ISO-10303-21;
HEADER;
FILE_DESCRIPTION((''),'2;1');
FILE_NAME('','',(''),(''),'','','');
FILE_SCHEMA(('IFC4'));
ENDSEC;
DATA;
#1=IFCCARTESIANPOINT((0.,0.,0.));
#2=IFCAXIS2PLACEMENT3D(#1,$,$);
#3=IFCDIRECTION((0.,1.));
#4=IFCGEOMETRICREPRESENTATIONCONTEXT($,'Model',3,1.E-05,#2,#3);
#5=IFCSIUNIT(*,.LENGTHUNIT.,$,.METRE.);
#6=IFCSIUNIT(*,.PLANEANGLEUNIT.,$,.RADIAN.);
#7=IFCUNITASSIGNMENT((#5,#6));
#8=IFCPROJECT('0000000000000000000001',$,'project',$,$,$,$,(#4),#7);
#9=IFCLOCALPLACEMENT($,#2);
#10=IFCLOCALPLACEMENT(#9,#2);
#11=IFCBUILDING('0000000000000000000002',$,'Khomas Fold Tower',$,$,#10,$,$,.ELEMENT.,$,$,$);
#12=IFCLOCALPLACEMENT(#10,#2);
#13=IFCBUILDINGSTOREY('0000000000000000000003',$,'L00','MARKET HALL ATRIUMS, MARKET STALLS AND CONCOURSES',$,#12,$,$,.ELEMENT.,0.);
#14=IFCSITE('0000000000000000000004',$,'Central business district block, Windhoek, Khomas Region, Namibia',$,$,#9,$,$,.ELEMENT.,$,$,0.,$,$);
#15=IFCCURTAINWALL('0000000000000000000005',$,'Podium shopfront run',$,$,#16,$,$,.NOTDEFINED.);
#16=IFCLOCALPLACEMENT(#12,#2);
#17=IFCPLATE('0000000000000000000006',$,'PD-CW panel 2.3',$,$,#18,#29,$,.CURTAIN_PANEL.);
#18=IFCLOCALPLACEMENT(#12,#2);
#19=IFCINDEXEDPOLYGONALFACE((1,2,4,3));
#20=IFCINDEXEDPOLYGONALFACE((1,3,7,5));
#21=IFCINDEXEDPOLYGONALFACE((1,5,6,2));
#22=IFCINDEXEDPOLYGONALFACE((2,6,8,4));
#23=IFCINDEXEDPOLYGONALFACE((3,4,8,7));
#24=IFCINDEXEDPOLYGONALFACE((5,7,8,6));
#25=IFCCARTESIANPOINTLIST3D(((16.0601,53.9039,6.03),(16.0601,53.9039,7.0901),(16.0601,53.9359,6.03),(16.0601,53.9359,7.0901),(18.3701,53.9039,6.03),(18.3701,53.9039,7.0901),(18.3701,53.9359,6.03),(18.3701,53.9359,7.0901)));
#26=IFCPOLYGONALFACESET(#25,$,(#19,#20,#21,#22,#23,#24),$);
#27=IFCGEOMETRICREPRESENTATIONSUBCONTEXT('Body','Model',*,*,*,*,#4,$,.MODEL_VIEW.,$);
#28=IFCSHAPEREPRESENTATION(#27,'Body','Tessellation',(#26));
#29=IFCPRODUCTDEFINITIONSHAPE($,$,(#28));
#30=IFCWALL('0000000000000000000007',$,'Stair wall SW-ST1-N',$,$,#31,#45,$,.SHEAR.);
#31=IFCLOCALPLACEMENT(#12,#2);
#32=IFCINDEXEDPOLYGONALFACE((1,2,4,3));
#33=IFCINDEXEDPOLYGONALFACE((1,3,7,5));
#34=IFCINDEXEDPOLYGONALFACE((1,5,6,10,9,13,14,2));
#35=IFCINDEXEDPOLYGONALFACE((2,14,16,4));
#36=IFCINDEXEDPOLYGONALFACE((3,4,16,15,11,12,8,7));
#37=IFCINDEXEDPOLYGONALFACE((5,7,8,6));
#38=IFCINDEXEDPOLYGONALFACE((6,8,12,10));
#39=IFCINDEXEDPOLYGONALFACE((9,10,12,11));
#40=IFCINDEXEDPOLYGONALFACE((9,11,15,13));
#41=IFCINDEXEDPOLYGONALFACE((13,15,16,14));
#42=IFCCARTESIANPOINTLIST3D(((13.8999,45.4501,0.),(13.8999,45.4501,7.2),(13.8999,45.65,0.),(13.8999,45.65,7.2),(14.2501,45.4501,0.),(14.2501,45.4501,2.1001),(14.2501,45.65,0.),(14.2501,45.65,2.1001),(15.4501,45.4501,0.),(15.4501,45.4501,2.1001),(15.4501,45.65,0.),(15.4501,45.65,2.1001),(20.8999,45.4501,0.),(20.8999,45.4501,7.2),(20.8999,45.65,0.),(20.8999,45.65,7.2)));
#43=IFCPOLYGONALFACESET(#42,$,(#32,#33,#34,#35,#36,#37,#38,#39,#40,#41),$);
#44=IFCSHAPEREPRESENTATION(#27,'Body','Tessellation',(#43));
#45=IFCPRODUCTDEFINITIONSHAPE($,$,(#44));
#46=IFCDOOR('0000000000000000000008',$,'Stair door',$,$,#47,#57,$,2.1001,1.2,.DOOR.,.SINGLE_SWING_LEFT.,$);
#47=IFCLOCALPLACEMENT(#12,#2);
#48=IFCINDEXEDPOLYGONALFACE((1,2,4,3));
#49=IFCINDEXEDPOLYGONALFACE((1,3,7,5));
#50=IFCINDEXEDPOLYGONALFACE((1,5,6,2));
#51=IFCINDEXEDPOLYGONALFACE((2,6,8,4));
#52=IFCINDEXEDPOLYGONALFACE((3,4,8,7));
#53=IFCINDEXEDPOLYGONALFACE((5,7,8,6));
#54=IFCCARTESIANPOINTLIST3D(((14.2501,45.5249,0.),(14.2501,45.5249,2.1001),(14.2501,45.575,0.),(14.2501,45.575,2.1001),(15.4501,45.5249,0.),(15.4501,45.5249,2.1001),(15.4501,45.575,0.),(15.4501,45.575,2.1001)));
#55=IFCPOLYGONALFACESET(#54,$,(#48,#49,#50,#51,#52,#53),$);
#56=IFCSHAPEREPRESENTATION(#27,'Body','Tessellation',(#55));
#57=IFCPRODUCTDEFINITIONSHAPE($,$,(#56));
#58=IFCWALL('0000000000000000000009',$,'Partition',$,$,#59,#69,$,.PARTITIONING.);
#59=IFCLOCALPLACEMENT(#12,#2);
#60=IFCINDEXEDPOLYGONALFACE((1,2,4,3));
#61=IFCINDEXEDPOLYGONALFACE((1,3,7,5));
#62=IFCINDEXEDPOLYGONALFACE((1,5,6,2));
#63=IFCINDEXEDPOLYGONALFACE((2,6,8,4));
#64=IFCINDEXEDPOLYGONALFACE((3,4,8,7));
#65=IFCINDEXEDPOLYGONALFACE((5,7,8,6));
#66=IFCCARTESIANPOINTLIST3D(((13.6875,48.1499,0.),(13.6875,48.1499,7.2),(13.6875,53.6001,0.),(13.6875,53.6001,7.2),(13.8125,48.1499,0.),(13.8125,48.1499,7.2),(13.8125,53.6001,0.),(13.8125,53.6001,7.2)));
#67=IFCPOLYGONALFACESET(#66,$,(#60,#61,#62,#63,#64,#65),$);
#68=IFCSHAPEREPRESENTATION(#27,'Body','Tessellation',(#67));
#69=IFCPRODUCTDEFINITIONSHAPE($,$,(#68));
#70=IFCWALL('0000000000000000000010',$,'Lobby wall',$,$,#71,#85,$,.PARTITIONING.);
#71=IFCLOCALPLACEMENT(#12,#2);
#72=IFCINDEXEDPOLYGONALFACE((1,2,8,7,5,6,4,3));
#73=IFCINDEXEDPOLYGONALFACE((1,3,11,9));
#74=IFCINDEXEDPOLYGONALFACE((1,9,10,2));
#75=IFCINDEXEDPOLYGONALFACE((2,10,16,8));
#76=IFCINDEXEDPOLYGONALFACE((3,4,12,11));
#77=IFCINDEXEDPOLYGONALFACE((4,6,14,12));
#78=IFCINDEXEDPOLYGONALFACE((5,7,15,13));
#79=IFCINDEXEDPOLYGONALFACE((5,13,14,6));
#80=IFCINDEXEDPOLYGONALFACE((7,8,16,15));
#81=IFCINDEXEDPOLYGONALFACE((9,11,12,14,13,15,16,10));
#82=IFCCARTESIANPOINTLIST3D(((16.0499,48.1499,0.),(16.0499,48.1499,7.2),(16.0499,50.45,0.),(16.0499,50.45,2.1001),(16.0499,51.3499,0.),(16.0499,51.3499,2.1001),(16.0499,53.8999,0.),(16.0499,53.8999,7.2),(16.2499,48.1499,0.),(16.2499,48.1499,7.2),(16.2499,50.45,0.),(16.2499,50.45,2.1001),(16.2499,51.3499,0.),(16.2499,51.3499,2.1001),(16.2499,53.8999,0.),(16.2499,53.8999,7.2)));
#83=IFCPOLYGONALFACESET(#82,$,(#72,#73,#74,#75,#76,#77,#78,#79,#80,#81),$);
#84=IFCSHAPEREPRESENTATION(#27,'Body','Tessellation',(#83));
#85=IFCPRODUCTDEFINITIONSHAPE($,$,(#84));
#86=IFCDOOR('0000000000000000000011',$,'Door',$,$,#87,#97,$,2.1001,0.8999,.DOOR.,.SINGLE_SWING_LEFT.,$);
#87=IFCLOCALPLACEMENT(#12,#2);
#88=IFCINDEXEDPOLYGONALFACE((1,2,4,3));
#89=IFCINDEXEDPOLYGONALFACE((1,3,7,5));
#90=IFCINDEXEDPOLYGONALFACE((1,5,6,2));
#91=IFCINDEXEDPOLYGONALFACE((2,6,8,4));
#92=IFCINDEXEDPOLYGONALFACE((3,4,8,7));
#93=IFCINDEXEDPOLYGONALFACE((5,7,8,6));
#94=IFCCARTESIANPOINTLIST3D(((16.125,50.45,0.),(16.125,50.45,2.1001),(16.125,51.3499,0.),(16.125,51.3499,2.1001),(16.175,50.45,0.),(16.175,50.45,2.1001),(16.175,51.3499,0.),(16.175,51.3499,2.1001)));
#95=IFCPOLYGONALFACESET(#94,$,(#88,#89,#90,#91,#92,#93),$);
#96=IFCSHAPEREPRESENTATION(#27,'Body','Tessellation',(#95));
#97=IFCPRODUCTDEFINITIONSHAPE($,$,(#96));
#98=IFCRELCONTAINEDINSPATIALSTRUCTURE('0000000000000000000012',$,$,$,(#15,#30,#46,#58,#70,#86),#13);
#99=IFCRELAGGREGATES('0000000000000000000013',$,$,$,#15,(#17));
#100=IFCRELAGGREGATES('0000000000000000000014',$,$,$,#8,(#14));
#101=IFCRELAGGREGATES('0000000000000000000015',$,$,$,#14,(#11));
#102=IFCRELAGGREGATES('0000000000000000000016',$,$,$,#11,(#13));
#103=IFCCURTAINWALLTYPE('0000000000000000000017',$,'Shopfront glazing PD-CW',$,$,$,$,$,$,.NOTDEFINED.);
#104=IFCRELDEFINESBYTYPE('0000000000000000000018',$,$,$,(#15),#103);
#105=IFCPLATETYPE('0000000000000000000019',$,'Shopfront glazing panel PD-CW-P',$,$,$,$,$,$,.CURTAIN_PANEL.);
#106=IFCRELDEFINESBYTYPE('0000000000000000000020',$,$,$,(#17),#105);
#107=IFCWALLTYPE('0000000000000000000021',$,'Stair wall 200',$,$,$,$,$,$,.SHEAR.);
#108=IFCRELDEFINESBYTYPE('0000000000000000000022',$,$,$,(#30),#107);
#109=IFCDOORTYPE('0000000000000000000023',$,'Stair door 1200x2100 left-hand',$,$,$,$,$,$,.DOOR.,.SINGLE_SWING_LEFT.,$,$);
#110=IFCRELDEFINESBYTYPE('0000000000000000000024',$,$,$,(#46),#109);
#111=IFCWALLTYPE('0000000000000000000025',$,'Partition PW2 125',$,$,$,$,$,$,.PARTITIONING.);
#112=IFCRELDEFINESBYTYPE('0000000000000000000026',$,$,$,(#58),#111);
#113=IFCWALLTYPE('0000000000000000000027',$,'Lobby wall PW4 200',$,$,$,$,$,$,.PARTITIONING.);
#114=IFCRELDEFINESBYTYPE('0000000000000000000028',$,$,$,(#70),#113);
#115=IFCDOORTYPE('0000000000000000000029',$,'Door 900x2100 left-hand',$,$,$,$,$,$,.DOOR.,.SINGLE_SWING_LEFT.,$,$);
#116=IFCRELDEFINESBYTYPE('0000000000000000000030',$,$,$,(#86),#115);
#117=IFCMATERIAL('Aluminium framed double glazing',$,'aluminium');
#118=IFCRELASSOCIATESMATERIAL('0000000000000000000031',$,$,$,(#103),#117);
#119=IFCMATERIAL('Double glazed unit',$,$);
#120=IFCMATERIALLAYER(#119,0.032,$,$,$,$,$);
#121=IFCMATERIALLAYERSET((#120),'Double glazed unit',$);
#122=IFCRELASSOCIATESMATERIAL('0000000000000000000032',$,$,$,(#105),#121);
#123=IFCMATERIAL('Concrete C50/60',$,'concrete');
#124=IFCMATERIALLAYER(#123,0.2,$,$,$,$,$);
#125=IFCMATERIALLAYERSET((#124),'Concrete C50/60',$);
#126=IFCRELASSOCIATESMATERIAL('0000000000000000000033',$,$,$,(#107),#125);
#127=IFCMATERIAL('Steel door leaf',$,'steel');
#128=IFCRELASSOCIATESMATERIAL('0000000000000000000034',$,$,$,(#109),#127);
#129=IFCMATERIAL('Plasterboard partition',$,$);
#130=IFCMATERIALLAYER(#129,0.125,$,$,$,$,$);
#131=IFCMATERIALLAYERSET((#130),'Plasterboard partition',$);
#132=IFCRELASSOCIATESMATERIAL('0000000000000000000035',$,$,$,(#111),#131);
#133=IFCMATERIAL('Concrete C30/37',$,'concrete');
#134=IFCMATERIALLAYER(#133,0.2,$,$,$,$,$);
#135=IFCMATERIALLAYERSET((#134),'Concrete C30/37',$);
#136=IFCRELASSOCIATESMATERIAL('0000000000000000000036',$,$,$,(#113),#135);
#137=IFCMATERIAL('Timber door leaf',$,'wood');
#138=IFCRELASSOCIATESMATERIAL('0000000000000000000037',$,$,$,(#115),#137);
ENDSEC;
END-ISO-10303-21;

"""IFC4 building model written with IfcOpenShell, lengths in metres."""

from ifc_helpers import new_model, si_unit, direction, frame, frame_2d, origin, origin_2d, place, context, subcontext, project, spatial, rectangle, extrude, source, transform, mapped, material, layer, layer_set, type_object, element, fill, aggregate, save


model = new_model("IFC4")

# Units and contexts
model_context = context("Model", 3, precision=1e-05, world=origin(), true_north=direction((0.0, 1.0)))
body_context = subcontext(model_context, "Body", "Model", "MODEL_VIEW")
ifc_project = project(units=[si_unit("LENGTHUNIT", "METRE"), si_unit("PLANEANGLEUNIT", "RADIAN")], contexts=[model_context])

# Site, building, storey
site_placement = place(None, origin())
site = spatial("IfcSite", under=ifc_project, at=site_placement, Name="Central business district block, Windhoek, Khomas Region, Namibia", CompositionType="ELEMENT", RefElevation=0.0)
building_placement = place(site_placement, origin())
building = spatial("IfcBuilding", under=site, at=building_placement, Name="Khomas Fold Tower", CompositionType="ELEMENT")
storey_placement = place(building_placement, origin())
storey = spatial("IfcBuildingStorey", under=building, at=storey_placement, Name="L00", Description="MARKET HALL ATRIUMS, MARKET STALLS AND CONCOURSES", CompositionType="ELEMENT", Elevation=0.0)

# Curtain wall, plate
ifc_material_1 = material(Name="Aluminium framed double glazing", Category="aluminium")
curtain_wall_type = type_object("IfcCurtainWallType", Name="Shopfront glazing PD-CW", PredefinedType="NOTDEFINED", material=ifc_material_1)
curtain_wall_placement = place(storey_placement, origin())
curtain_wall = element("IfcCurtainWall", 1, at=curtain_wall_placement, inside=storey, type_object=curtain_wall_type, Name="Podium shopfront run", PredefinedType="NOTDEFINED")
ifc_material_2 = material(Name="Double glazed unit")
ifc_layer_1 = layer(ifc_material_2, 0.032)
ifc_layer_set_1 = layer_set([ifc_layer_1], Name="Double glazed unit")
plate_type = type_object("IfcPlateType", Name="Shopfront glazing panel PD-CW-P", PredefinedType="CURTAIN_PANEL", material=ifc_layer_set_1)
shared_shape_1 = source(origin(), body_context, "Body", "SweptSolid", [
    extrude(rectangle(XDim=2.3101, YDim=0.032, at=origin_2d()), origin(), (0.0, 0.0, 1.0), 1.0601),
])
plate_1_placement = place(storey_placement, frame((17.2151, 53.9199, 6.03), z_axis=(0.0, 0.0, 1.0), x_axis=(-1.0, 0.0, 0.0)))
plate_1 = element("IfcPlate", 2, at=plate_1_placement, type_object=plate_type, Name="PD-CW panel 2.3", PredefinedType="CURTAIN_PANEL", context=body_context, shape_type="MappedRepresentation", body=[
    mapped(shared_shape_1, transform((0.0, 0.0, 0.0))),
])
aggregate(curtain_wall, [plate_1])

# Wall, opening, door
ifc_material_3 = material(Name="Concrete C50/60", Category="concrete")
ifc_layer_2 = layer(ifc_material_3, 0.2)
ifc_layer_set_2 = layer_set([ifc_layer_2], Name="Concrete C50/60")
wall_type_1 = type_object("IfcWallType", Name="Stair wall 200", PredefinedType="SHEAR", material=ifc_layer_set_2)
shared_shape_2 = source(origin(), body_context, "Body", "SweptSolid", [
    extrude(rectangle(XDim=7.0, YDim=0.2, at=frame_2d((3.5, 0.0))), origin(), (0.0, 0.0, 1.0), 7.2),
])
wall_1_placement = place(storey_placement, frame((13.8999, 45.55, 0.0), z_axis=(0.0, 0.0, 1.0), x_axis=(1.0, 0.0, 0.0)))
wall_1 = element("IfcWall", 3, at=wall_1_placement, inside=storey, type_object=wall_type_1, Name="Stair wall SW-ST1-N", PredefinedType="SHEAR", context=body_context, shape_type="MappedRepresentation", body=[
    mapped(shared_shape_2, transform((0.0, 0.0, 0.0))),
])
shared_shape_3 = source(origin(), body_context, "Body", "SweptSolid", [
    extrude(rectangle(XDim=1.2, YDim=2.1001, at=frame_2d((0.6001, 1.05))), frame((0.0, 0.1099, 0.0), z_axis=(0.0, -1.0, 0.0), x_axis=(1.0, 0.0, 0.0)), (0.0, 0.0, 1.0), 0.22),
])
opening_1_placement = place(wall_1_placement, frame((0.3501, 0.0, 0.0)))
opening_1 = element("IfcOpeningElement", 4, at=opening_1_placement, cuts=wall_1, PredefinedType="OPENING", context=body_context, shape_type="MappedRepresentation", body=[
    mapped(shared_shape_3, transform((0.0, 0.0, 0.0))),
])
ifc_material_4 = material(Name="Steel door leaf", Category="steel")
door_type_1 = type_object("IfcDoorType", Name="Stair door 1200x2100 left-hand", OperationType="SINGLE_SWING_LEFT", PredefinedType="DOOR", material=ifc_material_4)
shared_shape_4 = source(origin(), body_context, "Body", "SweptSolid", [
    extrude(rectangle(XDim=1.2, YDim=2.1001, at=frame_2d((0.6001, 1.05))), frame((0.0, 0.0249, 0.0), z_axis=(0.0, -1.0, 0.0), x_axis=(1.0, 0.0, 0.0)), (0.0, 0.0, 1.0), 0.05),
])
door_1_placement = place(opening_1_placement, origin())
door_1 = element("IfcDoor", 5, at=door_1_placement, inside=storey, type_object=door_type_1, Name="Stair door", OperationType="SINGLE_SWING_LEFT", OverallHeight=2.1001, OverallWidth=1.2, PredefinedType="DOOR", context=body_context, shape_type="MappedRepresentation", body=[
    mapped(shared_shape_4, transform((0.0, 0.0, 0.0))),
])
fill(opening_1, door_1)

# Wall
ifc_material_5 = material(Name="Plasterboard partition")
ifc_layer_3 = layer(ifc_material_5, 0.125)
ifc_layer_set_3 = layer_set([ifc_layer_3], Name="Plasterboard partition")
wall_type_2 = type_object("IfcWallType", Name="Partition PW2 125", PredefinedType="PARTITIONING", material=ifc_layer_set_3)
shared_shape_5 = source(origin(), body_context, "Body", "SweptSolid", [
    extrude(rectangle(XDim=5.4502, YDim=0.125, at=frame_2d((2.7251, 0.0))), origin(), (0.0, 0.0, 1.0), 7.2),
])
wall_2_placement = place(storey_placement, frame((13.75, 48.1499, 0.0), z_axis=(0.0, 0.0, 1.0), x_axis=(0.0, 1.0, 0.0)))
element("IfcWall", 6, at=wall_2_placement, inside=storey, type_object=wall_type_2, Name="Partition", PredefinedType="PARTITIONING", context=body_context, shape_type="MappedRepresentation", body=[
    mapped(shared_shape_5, transform((0.0, 0.0, 0.0))),
])

# Wall, opening, door
ifc_material_6 = material(Name="Concrete C30/37", Category="concrete")
ifc_layer_4 = layer(ifc_material_6, 0.2)
ifc_layer_set_4 = layer_set([ifc_layer_4], Name="Concrete C30/37")
wall_type_3 = type_object("IfcWallType", Name="Lobby wall PW4 200", PredefinedType="PARTITIONING", material=ifc_layer_set_4)
shared_shape_6 = source(origin(), body_context, "Body", "SweptSolid", [
    extrude(rectangle(XDim=5.75, YDim=0.2, at=frame_2d((2.875, 0.0))), origin(), (0.0, 0.0, 1.0), 7.2),
])
wall_3_placement = place(storey_placement, frame((16.1499, 48.1499, 0.0), z_axis=(0.0, 0.0, 1.0), x_axis=(0.0, 1.0, 0.0)))
wall_3 = element("IfcWall", 7, at=wall_3_placement, inside=storey, type_object=wall_type_3, Name="Lobby wall", PredefinedType="PARTITIONING", context=body_context, shape_type="MappedRepresentation", body=[
    mapped(shared_shape_6, transform((0.0, 0.0, 0.0))),
])
shared_shape_7 = source(origin(), body_context, "Body", "SweptSolid", [
    extrude(rectangle(XDim=0.8999, YDim=2.1001, at=frame_2d((0.45, 1.05))), frame((0.0, 0.1099, 0.0), z_axis=(0.0, -1.0, 0.0), x_axis=(1.0, 0.0, 0.0)), (0.0, 0.0, 1.0), 0.22),
])
opening_2_placement = place(wall_3_placement, frame((2.3, 0.0, 0.0)))
opening_2 = element("IfcOpeningElement", 8, at=opening_2_placement, cuts=wall_3, PredefinedType="OPENING", context=body_context, shape_type="MappedRepresentation", body=[
    mapped(shared_shape_7, transform((0.0, 0.0, 0.0))),
])
ifc_material_7 = material(Name="Timber door leaf", Category="wood")
door_type_2 = type_object("IfcDoorType", Name="Door 900x2100 left-hand", OperationType="SINGLE_SWING_LEFT", PredefinedType="DOOR", material=ifc_material_7)
shared_shape_8 = source(origin(), body_context, "Body", "SweptSolid", [
    extrude(rectangle(XDim=0.8999, YDim=2.1001, at=frame_2d((0.45, 1.05))), frame((0.0, 0.0249, 0.0), z_axis=(0.0, -1.0, 0.0), x_axis=(1.0, 0.0, 0.0)), (0.0, 0.0, 1.0), 0.05),
])
door_2_placement = place(opening_2_placement, origin())
door_2 = element("IfcDoor", 9, at=door_2_placement, inside=storey, type_object=door_type_2, Name="Door", OperationType="SINGLE_SWING_LEFT", OverallHeight=2.1001, OverallWidth=0.8999, PredefinedType="DOOR", context=body_context, shape_type="MappedRepresentation", body=[
    mapped(shared_shape_8, transform((0.0, 0.0, 0.0))),
])
fill(opening_2, door_2)

save(model, "model.ifc")
